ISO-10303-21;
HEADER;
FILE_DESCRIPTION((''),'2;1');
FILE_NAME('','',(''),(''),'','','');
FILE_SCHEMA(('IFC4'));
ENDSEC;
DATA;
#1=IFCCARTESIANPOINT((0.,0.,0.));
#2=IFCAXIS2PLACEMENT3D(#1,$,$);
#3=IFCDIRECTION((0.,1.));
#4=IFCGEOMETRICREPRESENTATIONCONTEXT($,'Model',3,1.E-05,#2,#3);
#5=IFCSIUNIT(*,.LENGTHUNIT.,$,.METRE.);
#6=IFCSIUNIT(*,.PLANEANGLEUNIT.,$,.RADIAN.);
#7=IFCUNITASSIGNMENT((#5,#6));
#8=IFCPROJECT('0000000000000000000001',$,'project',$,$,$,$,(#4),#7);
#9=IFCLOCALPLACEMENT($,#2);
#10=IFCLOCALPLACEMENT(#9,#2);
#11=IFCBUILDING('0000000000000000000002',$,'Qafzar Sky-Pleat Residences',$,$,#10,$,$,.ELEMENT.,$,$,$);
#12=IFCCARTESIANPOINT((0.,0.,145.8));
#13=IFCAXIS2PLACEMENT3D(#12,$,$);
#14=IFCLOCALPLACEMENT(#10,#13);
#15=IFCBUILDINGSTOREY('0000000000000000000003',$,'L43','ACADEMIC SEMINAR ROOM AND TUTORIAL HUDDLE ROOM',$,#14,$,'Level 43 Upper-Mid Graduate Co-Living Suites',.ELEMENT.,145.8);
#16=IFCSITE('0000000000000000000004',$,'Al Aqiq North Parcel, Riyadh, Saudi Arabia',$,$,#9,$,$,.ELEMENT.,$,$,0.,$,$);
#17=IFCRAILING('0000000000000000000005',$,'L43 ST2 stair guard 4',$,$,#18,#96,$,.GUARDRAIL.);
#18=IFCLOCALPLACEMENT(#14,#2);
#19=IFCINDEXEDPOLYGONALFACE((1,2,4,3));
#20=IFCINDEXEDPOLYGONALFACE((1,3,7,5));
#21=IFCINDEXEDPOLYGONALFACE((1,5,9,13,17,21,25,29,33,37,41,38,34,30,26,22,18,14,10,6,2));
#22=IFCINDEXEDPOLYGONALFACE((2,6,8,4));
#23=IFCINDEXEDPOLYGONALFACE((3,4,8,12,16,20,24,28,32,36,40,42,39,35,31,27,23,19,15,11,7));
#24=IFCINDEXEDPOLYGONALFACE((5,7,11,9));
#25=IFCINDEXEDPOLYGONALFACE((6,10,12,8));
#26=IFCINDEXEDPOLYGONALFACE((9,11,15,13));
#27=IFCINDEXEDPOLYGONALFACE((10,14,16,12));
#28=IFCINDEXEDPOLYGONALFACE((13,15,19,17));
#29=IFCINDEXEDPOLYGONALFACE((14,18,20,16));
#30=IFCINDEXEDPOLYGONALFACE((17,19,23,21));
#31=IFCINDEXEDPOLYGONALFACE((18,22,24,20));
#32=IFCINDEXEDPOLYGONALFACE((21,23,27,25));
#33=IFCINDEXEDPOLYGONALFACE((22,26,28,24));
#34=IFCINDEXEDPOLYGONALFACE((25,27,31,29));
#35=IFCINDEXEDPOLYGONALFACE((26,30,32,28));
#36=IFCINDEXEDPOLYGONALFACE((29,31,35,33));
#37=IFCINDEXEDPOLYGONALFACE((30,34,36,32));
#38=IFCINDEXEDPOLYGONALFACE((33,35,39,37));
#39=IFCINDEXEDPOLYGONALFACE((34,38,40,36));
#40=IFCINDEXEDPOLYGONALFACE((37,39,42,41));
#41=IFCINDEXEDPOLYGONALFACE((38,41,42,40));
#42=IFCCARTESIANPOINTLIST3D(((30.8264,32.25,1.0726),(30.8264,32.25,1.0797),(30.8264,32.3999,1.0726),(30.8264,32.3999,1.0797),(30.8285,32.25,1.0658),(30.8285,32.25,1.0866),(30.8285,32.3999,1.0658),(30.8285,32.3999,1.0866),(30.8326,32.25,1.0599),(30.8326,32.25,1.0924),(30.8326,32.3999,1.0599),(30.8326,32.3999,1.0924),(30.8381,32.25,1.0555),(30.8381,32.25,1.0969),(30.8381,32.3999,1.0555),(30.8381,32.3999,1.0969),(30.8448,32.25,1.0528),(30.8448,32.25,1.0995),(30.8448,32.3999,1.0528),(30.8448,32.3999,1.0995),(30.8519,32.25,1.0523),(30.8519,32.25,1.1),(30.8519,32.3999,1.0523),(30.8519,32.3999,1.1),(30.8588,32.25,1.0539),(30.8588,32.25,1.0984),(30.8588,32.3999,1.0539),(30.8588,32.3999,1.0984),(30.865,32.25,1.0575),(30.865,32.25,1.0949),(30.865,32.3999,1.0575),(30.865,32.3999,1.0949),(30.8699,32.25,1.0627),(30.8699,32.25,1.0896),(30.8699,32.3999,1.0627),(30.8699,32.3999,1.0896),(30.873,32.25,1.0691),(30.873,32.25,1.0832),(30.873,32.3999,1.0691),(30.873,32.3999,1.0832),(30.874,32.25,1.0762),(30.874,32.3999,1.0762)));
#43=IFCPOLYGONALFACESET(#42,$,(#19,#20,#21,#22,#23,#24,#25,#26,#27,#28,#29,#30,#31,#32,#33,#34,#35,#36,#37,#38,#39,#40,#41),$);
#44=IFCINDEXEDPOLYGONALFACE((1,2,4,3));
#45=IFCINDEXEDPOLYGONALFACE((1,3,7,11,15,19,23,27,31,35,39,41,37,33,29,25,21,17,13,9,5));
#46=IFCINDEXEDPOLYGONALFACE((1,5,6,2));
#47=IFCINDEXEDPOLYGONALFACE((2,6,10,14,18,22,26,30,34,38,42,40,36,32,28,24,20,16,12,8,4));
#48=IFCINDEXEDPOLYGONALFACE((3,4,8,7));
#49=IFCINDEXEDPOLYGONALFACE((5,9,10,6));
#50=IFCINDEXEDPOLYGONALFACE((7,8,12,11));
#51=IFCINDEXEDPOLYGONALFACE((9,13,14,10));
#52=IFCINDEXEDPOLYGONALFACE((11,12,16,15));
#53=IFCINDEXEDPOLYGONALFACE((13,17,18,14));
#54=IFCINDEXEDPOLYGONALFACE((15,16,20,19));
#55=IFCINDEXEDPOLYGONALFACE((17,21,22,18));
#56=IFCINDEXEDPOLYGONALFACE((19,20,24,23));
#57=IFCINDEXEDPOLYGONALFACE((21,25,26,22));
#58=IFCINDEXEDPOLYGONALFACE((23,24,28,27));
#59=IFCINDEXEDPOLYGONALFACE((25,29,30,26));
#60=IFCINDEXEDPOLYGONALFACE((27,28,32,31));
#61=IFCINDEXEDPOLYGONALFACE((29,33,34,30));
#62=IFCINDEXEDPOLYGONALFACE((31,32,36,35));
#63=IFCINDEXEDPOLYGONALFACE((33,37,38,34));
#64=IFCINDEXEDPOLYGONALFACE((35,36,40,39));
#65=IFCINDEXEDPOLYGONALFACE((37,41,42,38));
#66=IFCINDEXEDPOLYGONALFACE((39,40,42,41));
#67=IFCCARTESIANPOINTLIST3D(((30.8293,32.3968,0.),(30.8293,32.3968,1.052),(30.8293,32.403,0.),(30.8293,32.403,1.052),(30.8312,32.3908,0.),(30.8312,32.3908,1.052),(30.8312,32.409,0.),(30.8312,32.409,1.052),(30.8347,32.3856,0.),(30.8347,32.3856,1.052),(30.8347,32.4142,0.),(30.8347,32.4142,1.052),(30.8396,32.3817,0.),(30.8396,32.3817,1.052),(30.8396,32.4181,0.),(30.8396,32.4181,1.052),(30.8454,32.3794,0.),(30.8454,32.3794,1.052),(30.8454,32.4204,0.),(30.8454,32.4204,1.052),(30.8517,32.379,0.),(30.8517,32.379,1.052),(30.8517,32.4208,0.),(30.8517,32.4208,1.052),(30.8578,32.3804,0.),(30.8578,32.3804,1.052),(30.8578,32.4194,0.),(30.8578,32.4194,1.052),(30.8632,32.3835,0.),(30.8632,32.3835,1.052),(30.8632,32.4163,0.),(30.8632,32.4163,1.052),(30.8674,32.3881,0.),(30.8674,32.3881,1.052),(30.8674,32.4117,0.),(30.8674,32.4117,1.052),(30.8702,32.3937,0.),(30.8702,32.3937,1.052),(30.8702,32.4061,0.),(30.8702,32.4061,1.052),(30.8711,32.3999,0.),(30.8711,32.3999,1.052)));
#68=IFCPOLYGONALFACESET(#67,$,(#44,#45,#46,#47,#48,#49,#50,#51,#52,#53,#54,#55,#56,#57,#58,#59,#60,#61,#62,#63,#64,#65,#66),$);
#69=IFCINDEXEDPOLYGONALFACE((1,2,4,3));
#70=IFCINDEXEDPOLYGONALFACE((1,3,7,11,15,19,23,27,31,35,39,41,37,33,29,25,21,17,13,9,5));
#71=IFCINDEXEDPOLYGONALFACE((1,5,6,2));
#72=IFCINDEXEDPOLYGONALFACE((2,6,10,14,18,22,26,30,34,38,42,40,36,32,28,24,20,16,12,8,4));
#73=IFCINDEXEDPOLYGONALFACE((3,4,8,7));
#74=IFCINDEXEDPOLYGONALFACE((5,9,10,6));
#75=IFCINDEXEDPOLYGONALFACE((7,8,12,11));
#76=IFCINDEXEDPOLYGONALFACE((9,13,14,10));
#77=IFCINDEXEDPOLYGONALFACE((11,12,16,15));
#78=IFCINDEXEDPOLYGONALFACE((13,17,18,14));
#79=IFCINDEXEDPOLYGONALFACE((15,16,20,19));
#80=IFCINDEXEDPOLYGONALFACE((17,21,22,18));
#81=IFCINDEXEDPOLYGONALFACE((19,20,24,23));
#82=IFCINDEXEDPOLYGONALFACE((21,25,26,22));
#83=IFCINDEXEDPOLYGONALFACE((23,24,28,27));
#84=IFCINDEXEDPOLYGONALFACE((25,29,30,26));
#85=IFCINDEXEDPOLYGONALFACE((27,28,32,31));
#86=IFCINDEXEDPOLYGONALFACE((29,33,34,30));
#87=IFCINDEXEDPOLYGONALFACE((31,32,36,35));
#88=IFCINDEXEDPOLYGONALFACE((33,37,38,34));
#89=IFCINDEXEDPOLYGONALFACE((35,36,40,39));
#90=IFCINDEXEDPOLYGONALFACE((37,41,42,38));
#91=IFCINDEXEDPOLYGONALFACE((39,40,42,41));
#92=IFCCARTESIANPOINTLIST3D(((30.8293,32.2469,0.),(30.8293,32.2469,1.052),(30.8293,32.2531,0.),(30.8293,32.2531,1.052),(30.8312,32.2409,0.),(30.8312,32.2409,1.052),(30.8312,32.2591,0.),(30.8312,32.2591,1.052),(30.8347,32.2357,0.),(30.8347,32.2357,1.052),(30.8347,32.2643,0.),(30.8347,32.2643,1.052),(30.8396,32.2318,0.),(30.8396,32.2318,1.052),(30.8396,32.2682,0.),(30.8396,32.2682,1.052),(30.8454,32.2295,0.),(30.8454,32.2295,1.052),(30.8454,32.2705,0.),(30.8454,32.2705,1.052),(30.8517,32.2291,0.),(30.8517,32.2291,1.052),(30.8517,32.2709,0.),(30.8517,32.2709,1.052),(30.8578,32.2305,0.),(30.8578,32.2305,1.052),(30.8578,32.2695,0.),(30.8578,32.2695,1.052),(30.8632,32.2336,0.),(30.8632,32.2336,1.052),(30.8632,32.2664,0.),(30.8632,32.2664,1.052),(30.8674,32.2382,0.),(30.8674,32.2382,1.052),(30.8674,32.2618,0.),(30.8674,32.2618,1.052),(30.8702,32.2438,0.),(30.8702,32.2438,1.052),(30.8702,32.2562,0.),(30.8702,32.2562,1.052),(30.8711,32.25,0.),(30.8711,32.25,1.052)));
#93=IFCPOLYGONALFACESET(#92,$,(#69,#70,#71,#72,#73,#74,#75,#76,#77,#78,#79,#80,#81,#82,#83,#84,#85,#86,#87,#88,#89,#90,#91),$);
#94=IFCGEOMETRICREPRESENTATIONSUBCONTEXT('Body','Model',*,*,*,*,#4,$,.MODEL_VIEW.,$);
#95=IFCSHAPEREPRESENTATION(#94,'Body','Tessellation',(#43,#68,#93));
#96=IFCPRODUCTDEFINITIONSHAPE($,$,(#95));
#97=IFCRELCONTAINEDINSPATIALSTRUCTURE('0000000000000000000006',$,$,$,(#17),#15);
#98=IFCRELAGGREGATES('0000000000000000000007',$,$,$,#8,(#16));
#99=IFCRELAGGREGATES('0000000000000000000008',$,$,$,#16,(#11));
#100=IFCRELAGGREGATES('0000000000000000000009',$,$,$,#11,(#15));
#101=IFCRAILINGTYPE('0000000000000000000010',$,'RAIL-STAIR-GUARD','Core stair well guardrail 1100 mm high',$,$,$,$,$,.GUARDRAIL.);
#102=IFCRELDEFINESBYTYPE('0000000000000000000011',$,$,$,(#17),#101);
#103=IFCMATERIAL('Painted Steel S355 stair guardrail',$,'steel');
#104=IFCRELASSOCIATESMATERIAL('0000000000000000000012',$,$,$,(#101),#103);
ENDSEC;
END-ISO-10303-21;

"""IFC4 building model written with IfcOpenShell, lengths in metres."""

from ifc_helpers import new_model, si_unit, direction, frame, origin, origin_2d, place, context, subcontext, project, spatial, circle, extrude, source, transform, mapped, material, type_object, element, save


model = new_model("IFC4")

# Units and contexts
model_context = context("Model", 3, precision=1e-05, world=origin(), true_north=direction((0.0, 1.0)))
body_context = subcontext(model_context, "Body", "Model", "MODEL_VIEW")
ifc_project = project(units=[si_unit("LENGTHUNIT", "METRE"), si_unit("PLANEANGLEUNIT", "RADIAN")], contexts=[model_context])

# Site, building, storey
site_placement = place(None, origin())
site = spatial("IfcSite", under=ifc_project, at=site_placement, Name="Al Aqiq North Parcel, Riyadh, Saudi Arabia", CompositionType="ELEMENT", RefElevation=0.0)
building_placement = place(site_placement, origin())
building = spatial("IfcBuilding", under=site, at=building_placement, Name="Qafzar Sky-Pleat Residences", CompositionType="ELEMENT")
storey_placement = place(building_placement, frame((0.0, 0.0, 145.8)))
storey = spatial("IfcBuildingStorey", under=building, at=storey_placement, Name="L43", Description="ACADEMIC SEMINAR ROOM AND TUTORIAL HUDDLE ROOM", LongName="Level 43 Upper-Mid Graduate Co-Living Suites", CompositionType="ELEMENT", Elevation=145.8)

# Railing
ifc_material_1 = material(Name="Painted Steel S355 stair guardrail", Category="steel")
railing_type_1 = type_object("IfcRailingType", Name="RAIL-STAIR-GUARD", Description="Core stair well guardrail 1100 mm high", PredefinedType="GUARDRAIL", material=ifc_material_1)
shared_shape_1 = source(origin(), body_context, "Body", "SweptSolid", [
    extrude(circle(Radius=0.0239, at=origin_2d()), frame((0.0, 0.0, 1.0762), z_axis=(0.0, -1.0, 0.0), x_axis=(1.0, 0.0, 0.0)), (0.0, 0.0, 1.0), 0.1499),
    extrude(circle(Radius=0.021, at=origin_2d()), origin(), (0.0, 0.0, 1.0), 1.052),
    extrude(circle(Radius=0.021, at=origin_2d()), frame((0.0, -0.1499, 0.0)), (0.0, 0.0, 1.0), 1.052),
])
railing_1_placement = place(storey_placement, frame((30.8501, 32.3999, 0.0)))
element("IfcRailing", 1, at=railing_1_placement, inside=storey, type_object=railing_type_1, Name="L43 ST2 stair guard 4", PredefinedType="GUARDRAIL", context=body_context, shape_type="MappedRepresentation", body=[
    mapped(shared_shape_1, transform((0.0, 0.0, 0.0), x_axis=(1.0, 0.0, 0.0), y_axis=(0.0, 1.0, 0.0), z_axis=(0.0, 0.0, 1.0), scale=1.0)),
])

save(model, "model.ifc")
